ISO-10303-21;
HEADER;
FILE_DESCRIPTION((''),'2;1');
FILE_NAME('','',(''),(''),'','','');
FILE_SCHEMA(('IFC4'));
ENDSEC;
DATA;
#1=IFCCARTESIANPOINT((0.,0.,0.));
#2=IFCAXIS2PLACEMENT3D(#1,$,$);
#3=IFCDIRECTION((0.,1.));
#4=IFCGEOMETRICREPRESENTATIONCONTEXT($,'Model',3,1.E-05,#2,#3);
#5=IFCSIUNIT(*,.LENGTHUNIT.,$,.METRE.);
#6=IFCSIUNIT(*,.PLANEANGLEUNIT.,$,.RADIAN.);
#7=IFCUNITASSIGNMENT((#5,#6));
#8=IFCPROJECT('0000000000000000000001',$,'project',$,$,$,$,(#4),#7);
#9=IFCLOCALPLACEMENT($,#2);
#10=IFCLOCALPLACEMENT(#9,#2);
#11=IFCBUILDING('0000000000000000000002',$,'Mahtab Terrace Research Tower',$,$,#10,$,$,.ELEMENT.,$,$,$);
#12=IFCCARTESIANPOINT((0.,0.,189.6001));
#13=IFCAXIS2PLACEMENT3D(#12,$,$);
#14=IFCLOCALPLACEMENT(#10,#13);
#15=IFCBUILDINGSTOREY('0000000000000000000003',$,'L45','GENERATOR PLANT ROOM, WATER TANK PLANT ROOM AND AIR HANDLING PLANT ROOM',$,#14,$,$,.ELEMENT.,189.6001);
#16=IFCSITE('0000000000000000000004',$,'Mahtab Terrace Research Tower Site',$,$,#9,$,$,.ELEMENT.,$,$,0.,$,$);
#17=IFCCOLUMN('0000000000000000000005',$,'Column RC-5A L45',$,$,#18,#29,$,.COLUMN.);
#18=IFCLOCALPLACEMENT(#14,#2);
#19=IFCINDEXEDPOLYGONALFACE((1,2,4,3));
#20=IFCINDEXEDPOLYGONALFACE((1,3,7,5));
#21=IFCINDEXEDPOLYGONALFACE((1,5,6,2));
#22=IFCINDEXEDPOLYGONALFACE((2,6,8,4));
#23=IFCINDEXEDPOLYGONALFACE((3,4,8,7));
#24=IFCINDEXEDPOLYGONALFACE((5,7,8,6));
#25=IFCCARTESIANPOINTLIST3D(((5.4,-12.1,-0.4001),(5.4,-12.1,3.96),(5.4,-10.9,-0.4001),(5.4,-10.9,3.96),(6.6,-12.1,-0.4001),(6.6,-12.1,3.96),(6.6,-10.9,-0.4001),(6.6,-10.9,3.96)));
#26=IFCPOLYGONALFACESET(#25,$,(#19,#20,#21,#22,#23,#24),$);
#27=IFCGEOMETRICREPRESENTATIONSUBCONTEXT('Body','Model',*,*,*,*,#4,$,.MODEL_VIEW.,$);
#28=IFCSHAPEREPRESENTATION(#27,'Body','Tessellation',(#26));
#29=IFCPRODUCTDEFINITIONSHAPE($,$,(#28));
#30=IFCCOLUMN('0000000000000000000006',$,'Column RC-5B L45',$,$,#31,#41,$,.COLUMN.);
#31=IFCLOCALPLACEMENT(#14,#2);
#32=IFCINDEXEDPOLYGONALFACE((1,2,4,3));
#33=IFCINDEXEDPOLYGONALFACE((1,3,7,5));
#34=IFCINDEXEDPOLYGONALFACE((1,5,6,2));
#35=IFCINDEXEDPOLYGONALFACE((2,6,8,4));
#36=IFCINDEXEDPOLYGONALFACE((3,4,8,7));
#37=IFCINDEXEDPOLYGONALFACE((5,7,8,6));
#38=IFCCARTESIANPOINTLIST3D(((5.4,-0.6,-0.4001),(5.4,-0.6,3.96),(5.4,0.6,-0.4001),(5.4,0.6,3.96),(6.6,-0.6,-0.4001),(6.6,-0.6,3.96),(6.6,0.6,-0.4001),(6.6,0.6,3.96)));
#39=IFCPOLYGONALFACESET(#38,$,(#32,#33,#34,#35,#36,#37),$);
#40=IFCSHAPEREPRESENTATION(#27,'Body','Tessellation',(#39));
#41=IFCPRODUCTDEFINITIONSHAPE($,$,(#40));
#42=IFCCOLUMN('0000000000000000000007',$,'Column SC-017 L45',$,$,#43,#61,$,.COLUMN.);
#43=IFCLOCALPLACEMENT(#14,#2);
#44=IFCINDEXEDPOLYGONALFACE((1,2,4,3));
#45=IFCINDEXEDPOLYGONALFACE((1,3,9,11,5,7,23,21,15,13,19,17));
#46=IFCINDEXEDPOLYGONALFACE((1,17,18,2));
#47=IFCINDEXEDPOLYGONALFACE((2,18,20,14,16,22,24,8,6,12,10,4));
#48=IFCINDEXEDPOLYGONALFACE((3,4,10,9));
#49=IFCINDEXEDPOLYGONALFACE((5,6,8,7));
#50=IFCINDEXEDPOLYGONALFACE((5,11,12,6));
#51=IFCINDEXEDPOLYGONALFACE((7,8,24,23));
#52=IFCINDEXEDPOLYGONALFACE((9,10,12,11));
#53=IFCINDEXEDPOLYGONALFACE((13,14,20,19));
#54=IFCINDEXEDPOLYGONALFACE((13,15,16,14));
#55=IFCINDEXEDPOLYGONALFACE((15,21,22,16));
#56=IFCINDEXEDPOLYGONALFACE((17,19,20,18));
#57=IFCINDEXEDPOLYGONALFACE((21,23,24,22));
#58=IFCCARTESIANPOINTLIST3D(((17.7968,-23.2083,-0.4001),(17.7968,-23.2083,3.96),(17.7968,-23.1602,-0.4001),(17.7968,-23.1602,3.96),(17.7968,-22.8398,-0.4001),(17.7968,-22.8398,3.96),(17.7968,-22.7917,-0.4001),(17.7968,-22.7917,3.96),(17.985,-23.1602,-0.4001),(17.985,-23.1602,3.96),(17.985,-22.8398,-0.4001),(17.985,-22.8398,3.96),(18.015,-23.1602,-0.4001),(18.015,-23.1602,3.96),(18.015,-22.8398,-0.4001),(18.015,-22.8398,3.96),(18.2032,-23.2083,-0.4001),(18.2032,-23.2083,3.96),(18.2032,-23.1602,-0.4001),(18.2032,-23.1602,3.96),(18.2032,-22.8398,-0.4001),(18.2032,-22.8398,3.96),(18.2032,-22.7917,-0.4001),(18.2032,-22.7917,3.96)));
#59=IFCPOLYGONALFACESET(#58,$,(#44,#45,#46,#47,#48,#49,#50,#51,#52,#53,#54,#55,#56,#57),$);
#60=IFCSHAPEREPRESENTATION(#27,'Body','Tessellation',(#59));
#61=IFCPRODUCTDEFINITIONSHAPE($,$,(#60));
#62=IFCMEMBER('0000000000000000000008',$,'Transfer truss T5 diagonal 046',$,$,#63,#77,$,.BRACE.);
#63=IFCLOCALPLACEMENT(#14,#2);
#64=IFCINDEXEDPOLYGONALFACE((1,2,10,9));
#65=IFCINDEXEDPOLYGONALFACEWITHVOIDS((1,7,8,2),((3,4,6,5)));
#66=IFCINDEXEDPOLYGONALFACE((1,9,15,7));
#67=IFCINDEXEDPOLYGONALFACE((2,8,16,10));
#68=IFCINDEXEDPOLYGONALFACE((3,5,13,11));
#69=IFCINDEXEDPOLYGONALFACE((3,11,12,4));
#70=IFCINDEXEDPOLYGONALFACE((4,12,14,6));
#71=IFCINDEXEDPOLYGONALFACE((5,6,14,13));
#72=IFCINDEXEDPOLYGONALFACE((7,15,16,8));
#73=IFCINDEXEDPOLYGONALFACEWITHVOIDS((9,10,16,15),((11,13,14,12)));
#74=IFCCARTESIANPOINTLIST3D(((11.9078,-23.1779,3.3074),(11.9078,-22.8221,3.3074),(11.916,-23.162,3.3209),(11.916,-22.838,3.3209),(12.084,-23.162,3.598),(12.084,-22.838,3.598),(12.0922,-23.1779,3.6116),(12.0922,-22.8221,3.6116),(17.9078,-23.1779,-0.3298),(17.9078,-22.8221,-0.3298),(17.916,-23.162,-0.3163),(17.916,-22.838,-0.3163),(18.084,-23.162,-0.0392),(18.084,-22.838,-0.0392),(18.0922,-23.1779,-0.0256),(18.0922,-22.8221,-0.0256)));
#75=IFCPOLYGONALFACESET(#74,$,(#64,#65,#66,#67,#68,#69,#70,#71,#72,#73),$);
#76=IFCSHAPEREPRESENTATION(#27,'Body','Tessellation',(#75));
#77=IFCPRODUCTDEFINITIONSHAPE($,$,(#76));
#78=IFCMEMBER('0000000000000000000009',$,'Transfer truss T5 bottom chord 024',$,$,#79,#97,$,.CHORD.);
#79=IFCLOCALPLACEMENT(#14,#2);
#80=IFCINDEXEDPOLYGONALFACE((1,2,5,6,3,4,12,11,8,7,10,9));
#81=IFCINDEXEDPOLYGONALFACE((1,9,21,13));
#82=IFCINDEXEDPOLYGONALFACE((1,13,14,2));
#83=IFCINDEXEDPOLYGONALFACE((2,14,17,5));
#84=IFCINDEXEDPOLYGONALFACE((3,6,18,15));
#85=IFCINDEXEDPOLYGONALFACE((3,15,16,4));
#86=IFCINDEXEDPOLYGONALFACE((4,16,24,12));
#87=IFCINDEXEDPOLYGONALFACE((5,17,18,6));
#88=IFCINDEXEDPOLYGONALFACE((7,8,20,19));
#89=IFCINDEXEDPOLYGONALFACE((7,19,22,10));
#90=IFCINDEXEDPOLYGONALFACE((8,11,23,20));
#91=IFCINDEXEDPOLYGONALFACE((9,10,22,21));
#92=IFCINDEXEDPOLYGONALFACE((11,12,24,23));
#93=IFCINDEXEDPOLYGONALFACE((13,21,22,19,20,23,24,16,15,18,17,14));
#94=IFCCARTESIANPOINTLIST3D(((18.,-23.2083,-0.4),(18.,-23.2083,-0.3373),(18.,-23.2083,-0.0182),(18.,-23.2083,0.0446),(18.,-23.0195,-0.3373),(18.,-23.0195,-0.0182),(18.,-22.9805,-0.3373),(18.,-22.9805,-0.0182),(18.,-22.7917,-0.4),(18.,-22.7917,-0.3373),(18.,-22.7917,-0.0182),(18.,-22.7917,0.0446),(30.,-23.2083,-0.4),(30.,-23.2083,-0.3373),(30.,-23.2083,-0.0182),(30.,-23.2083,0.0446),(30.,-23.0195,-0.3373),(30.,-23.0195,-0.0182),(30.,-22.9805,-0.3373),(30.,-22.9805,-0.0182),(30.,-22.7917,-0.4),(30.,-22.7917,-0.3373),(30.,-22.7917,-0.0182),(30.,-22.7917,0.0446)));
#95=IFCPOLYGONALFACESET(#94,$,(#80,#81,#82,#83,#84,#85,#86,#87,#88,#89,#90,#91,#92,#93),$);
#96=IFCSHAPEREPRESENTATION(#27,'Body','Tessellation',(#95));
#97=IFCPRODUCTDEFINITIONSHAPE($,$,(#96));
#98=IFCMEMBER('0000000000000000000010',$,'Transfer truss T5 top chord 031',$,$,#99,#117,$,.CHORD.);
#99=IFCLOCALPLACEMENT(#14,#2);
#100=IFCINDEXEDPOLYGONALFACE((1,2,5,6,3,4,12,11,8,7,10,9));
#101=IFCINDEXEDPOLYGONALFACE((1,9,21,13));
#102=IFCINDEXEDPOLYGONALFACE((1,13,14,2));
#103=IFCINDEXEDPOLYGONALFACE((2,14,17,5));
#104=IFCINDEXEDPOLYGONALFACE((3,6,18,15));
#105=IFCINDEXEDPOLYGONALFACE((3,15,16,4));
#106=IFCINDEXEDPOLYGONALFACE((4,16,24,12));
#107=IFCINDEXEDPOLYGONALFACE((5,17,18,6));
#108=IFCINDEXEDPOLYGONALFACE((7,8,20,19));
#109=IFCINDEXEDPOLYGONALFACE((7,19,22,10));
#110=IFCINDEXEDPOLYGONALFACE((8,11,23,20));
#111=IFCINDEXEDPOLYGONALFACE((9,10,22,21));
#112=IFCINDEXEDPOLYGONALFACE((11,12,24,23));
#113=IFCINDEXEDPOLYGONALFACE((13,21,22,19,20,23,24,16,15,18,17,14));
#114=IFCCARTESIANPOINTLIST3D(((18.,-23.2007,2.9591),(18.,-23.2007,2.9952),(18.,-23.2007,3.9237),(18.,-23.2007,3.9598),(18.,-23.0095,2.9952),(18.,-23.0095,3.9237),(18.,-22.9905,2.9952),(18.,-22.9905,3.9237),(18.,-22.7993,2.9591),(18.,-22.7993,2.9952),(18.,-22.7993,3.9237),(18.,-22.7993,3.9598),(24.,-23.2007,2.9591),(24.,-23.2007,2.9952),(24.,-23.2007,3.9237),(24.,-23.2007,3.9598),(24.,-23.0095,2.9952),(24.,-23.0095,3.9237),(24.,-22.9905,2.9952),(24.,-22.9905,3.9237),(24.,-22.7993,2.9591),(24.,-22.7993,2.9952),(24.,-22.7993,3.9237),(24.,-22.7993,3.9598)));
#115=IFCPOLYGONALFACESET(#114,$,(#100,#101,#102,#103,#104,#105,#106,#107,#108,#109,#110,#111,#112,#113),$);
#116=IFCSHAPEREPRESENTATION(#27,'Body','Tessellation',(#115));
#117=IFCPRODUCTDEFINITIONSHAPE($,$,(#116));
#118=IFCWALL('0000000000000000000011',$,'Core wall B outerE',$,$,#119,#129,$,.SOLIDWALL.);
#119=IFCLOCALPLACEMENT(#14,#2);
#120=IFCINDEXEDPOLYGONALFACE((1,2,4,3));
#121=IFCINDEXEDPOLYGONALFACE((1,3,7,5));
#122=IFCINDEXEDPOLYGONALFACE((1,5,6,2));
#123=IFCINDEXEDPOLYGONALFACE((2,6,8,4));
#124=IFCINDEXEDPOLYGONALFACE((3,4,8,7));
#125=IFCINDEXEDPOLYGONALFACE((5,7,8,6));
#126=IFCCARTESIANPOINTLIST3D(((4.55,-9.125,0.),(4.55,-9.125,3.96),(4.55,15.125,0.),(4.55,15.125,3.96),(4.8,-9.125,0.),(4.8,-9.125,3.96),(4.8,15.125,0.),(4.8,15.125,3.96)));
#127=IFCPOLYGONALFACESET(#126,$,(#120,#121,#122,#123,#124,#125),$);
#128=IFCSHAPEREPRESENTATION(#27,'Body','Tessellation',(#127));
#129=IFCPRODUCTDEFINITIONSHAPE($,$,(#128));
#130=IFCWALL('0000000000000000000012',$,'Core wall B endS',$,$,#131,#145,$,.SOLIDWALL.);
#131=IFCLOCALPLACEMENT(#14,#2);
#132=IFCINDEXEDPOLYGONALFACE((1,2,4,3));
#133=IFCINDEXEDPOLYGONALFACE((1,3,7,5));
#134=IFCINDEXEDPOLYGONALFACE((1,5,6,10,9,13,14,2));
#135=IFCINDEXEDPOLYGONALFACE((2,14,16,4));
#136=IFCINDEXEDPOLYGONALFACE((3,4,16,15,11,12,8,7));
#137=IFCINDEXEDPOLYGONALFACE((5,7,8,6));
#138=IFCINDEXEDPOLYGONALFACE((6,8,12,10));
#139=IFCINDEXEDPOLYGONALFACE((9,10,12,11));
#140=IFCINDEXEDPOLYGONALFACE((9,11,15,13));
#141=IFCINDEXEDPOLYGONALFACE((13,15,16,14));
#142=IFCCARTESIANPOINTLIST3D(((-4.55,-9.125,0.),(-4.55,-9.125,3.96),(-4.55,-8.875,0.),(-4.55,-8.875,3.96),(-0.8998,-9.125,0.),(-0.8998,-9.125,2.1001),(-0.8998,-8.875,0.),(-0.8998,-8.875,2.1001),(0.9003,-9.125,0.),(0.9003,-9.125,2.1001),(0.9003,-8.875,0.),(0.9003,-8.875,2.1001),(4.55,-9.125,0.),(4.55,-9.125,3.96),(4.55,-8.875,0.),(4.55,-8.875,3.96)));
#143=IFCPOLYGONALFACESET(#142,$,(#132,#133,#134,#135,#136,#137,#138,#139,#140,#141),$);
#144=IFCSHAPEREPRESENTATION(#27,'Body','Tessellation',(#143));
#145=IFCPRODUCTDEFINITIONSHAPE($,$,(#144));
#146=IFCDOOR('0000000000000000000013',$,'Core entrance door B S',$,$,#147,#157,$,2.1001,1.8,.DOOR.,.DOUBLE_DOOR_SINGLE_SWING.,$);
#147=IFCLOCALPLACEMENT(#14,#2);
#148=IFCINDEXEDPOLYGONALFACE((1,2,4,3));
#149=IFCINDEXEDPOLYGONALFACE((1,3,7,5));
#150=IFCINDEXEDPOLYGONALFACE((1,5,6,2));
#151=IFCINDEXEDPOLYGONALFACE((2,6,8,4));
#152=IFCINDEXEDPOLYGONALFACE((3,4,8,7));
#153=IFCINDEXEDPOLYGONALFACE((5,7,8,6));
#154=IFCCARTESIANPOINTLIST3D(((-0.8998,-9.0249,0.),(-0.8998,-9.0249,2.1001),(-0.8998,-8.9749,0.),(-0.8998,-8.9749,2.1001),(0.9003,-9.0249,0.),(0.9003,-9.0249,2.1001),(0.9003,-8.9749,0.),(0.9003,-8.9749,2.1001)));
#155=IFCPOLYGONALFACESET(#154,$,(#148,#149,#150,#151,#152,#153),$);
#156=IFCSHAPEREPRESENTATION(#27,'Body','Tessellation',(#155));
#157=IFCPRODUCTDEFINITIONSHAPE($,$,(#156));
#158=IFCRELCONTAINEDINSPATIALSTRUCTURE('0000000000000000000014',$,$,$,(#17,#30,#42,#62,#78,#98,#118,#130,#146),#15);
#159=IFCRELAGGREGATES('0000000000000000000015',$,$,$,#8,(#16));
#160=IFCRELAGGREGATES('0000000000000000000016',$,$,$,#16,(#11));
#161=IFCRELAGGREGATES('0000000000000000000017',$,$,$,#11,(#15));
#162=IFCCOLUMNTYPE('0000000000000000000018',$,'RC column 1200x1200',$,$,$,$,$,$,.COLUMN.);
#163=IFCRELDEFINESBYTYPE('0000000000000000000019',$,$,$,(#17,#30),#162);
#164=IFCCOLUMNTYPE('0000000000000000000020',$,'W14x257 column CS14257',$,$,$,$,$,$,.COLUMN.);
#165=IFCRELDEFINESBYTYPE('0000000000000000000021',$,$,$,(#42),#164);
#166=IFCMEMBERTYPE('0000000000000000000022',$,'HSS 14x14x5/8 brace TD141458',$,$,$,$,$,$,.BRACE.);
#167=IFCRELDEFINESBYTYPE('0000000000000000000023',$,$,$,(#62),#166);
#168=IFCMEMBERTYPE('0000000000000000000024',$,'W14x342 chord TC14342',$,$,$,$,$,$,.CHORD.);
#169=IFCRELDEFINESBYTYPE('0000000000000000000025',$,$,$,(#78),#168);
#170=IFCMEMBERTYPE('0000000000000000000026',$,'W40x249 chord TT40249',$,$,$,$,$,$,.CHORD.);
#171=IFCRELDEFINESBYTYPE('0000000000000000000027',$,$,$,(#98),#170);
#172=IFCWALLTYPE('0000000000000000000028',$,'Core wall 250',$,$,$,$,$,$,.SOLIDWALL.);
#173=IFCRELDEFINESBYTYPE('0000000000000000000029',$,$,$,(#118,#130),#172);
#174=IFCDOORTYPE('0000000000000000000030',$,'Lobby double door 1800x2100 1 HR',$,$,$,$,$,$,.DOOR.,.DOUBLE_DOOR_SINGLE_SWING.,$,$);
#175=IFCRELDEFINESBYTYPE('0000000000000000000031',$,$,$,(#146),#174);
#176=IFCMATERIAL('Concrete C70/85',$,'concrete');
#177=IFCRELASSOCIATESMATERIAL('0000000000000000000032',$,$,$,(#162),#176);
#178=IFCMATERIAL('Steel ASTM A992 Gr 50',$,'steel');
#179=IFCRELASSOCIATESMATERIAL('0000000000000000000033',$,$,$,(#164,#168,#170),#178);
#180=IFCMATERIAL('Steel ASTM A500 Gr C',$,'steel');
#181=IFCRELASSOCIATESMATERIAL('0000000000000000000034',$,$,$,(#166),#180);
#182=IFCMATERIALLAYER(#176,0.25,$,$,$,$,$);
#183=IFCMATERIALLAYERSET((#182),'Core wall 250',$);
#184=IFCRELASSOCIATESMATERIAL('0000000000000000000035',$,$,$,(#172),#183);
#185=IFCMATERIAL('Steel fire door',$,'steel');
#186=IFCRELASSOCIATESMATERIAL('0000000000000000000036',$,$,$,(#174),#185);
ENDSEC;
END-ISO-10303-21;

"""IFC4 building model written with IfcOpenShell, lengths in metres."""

from ifc_helpers import new_model, si_unit, direction, frame, frame_2d, origin, origin_2d, place, context, subcontext, project, spatial, rectangle, hollow_rectangle, i_section, extrude, material, layer, layer_set, material_profile, profile_set, type_object, element, fill, save


model = new_model("IFC4")

# Units and contexts
model_context = context("Model", 3, precision=1e-05, world=origin(), true_north=direction((0.0, 1.0)))
body_context = subcontext(model_context, "Body", "Model", "MODEL_VIEW")
ifc_project = project(units=[si_unit("LENGTHUNIT", "METRE"), si_unit("PLANEANGLEUNIT", "RADIAN")], contexts=[model_context])

# Site, building, storey
site_placement = place(None, origin())
site = spatial("IfcSite", under=ifc_project, at=site_placement, Name="Mahtab Terrace Research Tower Site", CompositionType="ELEMENT", RefElevation=0.0)
building_placement = place(site_placement, origin())
building = spatial("IfcBuilding", under=site, at=building_placement, Name="Mahtab Terrace Research Tower", CompositionType="ELEMENT")
storey_placement = place(building_placement, frame((0.0, 0.0, 189.6001)))
storey = spatial("IfcBuildingStorey", under=building, at=storey_placement, Name="L45", Description="GENERATOR PLANT ROOM, WATER TANK PLANT ROOM AND AIR HANDLING PLANT ROOM", CompositionType="ELEMENT", Elevation=189.6001)

# Columns
ifc_material_1 = material(Name="Concrete C70/85", Category="concrete")
ifc_material_profile_1 = material_profile(ifc_material_1, rectangle(XDim=1.2, YDim=1.2, at=origin_2d()), Name="RC column 1200x1200")
ifc_profile_set_1 = profile_set([ifc_material_profile_1], Name="Concrete C70/85")
column_type_1 = type_object("IfcColumnType", Name="RC column 1200x1200", PredefinedType="COLUMN", material=ifc_profile_set_1)
for number, where, z_axis, x_axis, name in (
    (1, (6.0, -11.5, -0.4001), (0.0, 0.0, 1.0), (1.0, 0.0, 0.0), "Column RC-5A L45"),
    (2, (6.0, 0.0, -0.4001), (0.0, 0.0, 1.0), (1.0, 0.0, 0.0), "Column RC-5B L45"),
):
    element("IfcColumn", number, at=place(storey_placement, frame(where, z_axis=z_axis, x_axis=x_axis)), inside=storey, type_object=column_type_1, Name=name, PredefinedType="COLUMN", context=body_context, shape_type="SweptSolid", body=[
        extrude(rectangle(XDim=1.2, YDim=1.2, at=origin_2d()), origin(), (0.0, 0.0, 1.0), 4.3601),
    ])
ifc_material_2 = material(Name="Steel ASTM A992 Gr 50", Category="steel")
ifc_material_profile_2 = material_profile(ifc_material_2, i_section(OverallWidth=0.4065, OverallDepth=0.4165, WebThickness=0.03, FlangeThickness=0.0481, at=origin_2d()), Name="W14X257")
ifc_profile_set_2 = profile_set([ifc_material_profile_2], Name="Steel ASTM A992 Gr 50")
column_type_2 = type_object("IfcColumnType", Name="W14x257 column CS14257", PredefinedType="COLUMN", material=ifc_profile_set_2)
column_placement = place(storey_placement, frame((18.0, -23.0, -0.4001), z_axis=(0.0, 0.0, 1.0), x_axis=(1.0, 0.0, 0.0)))
element("IfcColumn", 3, at=column_placement, inside=storey, type_object=column_type_2, Name="Column SC-017 L45", PredefinedType="COLUMN", context=body_context, shape_type="SweptSolid", body=[
    extrude(i_section(OverallWidth=0.4065, OverallDepth=0.4165, WebThickness=0.03, FlangeThickness=0.0481, at=origin_2d()), origin(), (0.0, 0.0, 1.0), 4.3601),
])

# Members
ifc_material_3 = material(Name="Steel ASTM A500 Gr C", Category="steel")
ifc_material_profile_3 = material_profile(ifc_material_3, hollow_rectangle(XDim=0.3557, YDim=0.3557, WallThickness=0.0159, at=origin_2d()), Name="HSS14X14X5/8")
ifc_profile_set_3 = profile_set([ifc_material_profile_3], Name="Steel ASTM A500 Gr C")
member_type_1 = type_object("IfcMemberType", Name="HSS 14x14x5/8 brace TD141458", PredefinedType="BRACE", material=ifc_profile_set_3)
member_1_placement = place(storey_placement, frame((18.0, -23.0, -0.1777), z_axis=(-0.855145, 0.0, 0.51839), x_axis=(0.0, -1.0, 0.0)))
element("IfcMember", 4, at=member_1_placement, inside=storey, type_object=member_type_1, Name="Transfer truss T5 diagonal 046", PredefinedType="BRACE", context=body_context, shape_type="SweptSolid", body=[
    extrude(hollow_rectangle(XDim=0.3557, YDim=0.3557, WallThickness=0.0159, at=origin_2d()), origin(), (0.0, 0.0, 1.0), 7.0164),
])
ifc_material_profile_4 = material_profile(ifc_material_2, i_section(OverallWidth=0.4165, OverallDepth=0.4446, WebThickness=0.0391, FlangeThickness=0.0627, at=origin_2d()), Name="W14X342")
ifc_profile_set_4 = profile_set([ifc_material_profile_4], Name="Steel ASTM A992 Gr 50")
member_type_2 = type_object("IfcMemberType", Name="W14x342 chord TC14342", PredefinedType="CHORD", material=ifc_profile_set_4)
member_2_placement = place(storey_placement, frame((18.0, -23.0, -0.1777), z_axis=(1.0, 0.0, 0.0), x_axis=(0.0, 1.0, 0.0)))
element("IfcMember", 5, at=member_2_placement, inside=storey, type_object=member_type_2, Name="Transfer truss T5 bottom chord 024", PredefinedType="CHORD", context=body_context, shape_type="SweptSolid", body=[
    extrude(i_section(OverallWidth=0.4165, OverallDepth=0.4446, WebThickness=0.0391, FlangeThickness=0.0627, at=origin_2d()), origin(), (0.0, 0.0, 1.0), 12.0),
])
ifc_material_profile_5 = material_profile(ifc_material_2, i_section(OverallWidth=0.4014, OverallDepth=1.0007, WebThickness=0.019, FlangeThickness=0.0361, at=origin_2d()), Name="W40X249")
ifc_profile_set_5 = profile_set([ifc_material_profile_5], Name="Steel ASTM A992 Gr 50")
member_type_3 = type_object("IfcMemberType", Name="W40x249 chord TT40249", PredefinedType="CHORD", material=ifc_profile_set_5)
member_3_placement = place(storey_placement, frame((18.0, -23.0, 3.4595), z_axis=(1.0, 0.0, 0.0), x_axis=(0.0, 1.0, 0.0)))
element("IfcMember", 6, at=member_3_placement, inside=storey, type_object=member_type_3, Name="Transfer truss T5 top chord 031", PredefinedType="CHORD", context=body_context, shape_type="SweptSolid", body=[
    extrude(i_section(OverallWidth=0.4014, OverallDepth=1.0007, WebThickness=0.019, FlangeThickness=0.0361, at=origin_2d()), origin(), (0.0, 0.0, 1.0), 6.0),
])

# Wall
ifc_layer_1 = layer(ifc_material_1, 0.25)
ifc_layer_set_1 = layer_set([ifc_layer_1], Name="Core wall 250")
wall_type_1 = type_object("IfcWallType", Name="Core wall 250", PredefinedType="SOLIDWALL", material=ifc_layer_set_1)
wall_1_placement = place(storey_placement, frame((4.675, -9.125, 0.0), z_axis=(0.0, 0.0, 1.0), x_axis=(0.0, 1.0, 0.0)))
element("IfcWall", 7, at=wall_1_placement, inside=storey, type_object=wall_type_1, Name="Core wall B outerE", PredefinedType="SOLIDWALL", context=body_context, shape_type="SweptSolid", body=[
    extrude(rectangle(XDim=24.25, YDim=0.25, at=frame_2d((12.125, 0.0))), origin(), (0.0, 0.0, 1.0), 3.96),
])

# Wall, opening, door
wall_2_placement = place(storey_placement, frame((4.55, -9.0, 0.0), z_axis=(0.0, 0.0, 1.0), x_axis=(-1.0, 0.0, 0.0)))
wall_2 = element("IfcWall", 8, at=wall_2_placement, inside=storey, type_object=wall_type_1, Name="Core wall B endS", PredefinedType="SOLIDWALL", context=body_context, shape_type="SweptSolid", body=[
    extrude(rectangle(XDim=9.1001, YDim=0.25, at=frame_2d((4.55, 0.0))), origin(), (0.0, 0.0, 1.0), 3.96),
])
opening_1_placement = place(wall_2_placement, frame((3.6499, 0.0, 0.0)))
opening_1 = element("IfcOpeningElement", 9, at=opening_1_placement, cuts=wall_2, PredefinedType="OPENING", context=body_context, shape_type="SweptSolid", body=[
    extrude(rectangle(XDim=1.8, YDim=2.1001, at=frame_2d((0.8999, 1.05))), frame((0.0, 0.135, 0.0), z_axis=(0.0, -1.0, 0.0), x_axis=(1.0, 0.0, 0.0)), (0.0, 0.0, 1.0), 0.27),
])
ifc_material_4 = material(Name="Steel fire door", Category="steel")
door_type_1 = type_object("IfcDoorType", Name="Lobby double door 1800x2100 1 HR", OperationType="DOUBLE_DOOR_SINGLE_SWING", PredefinedType="DOOR", material=ifc_material_4)
door_1_placement = place(opening_1_placement, origin())
door_1 = element("IfcDoor", 10, at=door_1_placement, inside=storey, type_object=door_type_1, Name="Core entrance door B S", OperationType="DOUBLE_DOOR_SINGLE_SWING", OverallHeight=2.1001, OverallWidth=1.8, PredefinedType="DOOR", context=body_context, shape_type="SweptSolid", body=[
    extrude(rectangle(XDim=1.8, YDim=2.1001, at=frame_2d((0.8999, 1.05))), frame((0.0, 0.0249, 0.0), z_axis=(0.0, -1.0, 0.0), x_axis=(1.0, 0.0, 0.0)), (0.0, 0.0, 1.0), 0.05),
])
fill(opening_1, door_1)

save(model, "model.ifc")
